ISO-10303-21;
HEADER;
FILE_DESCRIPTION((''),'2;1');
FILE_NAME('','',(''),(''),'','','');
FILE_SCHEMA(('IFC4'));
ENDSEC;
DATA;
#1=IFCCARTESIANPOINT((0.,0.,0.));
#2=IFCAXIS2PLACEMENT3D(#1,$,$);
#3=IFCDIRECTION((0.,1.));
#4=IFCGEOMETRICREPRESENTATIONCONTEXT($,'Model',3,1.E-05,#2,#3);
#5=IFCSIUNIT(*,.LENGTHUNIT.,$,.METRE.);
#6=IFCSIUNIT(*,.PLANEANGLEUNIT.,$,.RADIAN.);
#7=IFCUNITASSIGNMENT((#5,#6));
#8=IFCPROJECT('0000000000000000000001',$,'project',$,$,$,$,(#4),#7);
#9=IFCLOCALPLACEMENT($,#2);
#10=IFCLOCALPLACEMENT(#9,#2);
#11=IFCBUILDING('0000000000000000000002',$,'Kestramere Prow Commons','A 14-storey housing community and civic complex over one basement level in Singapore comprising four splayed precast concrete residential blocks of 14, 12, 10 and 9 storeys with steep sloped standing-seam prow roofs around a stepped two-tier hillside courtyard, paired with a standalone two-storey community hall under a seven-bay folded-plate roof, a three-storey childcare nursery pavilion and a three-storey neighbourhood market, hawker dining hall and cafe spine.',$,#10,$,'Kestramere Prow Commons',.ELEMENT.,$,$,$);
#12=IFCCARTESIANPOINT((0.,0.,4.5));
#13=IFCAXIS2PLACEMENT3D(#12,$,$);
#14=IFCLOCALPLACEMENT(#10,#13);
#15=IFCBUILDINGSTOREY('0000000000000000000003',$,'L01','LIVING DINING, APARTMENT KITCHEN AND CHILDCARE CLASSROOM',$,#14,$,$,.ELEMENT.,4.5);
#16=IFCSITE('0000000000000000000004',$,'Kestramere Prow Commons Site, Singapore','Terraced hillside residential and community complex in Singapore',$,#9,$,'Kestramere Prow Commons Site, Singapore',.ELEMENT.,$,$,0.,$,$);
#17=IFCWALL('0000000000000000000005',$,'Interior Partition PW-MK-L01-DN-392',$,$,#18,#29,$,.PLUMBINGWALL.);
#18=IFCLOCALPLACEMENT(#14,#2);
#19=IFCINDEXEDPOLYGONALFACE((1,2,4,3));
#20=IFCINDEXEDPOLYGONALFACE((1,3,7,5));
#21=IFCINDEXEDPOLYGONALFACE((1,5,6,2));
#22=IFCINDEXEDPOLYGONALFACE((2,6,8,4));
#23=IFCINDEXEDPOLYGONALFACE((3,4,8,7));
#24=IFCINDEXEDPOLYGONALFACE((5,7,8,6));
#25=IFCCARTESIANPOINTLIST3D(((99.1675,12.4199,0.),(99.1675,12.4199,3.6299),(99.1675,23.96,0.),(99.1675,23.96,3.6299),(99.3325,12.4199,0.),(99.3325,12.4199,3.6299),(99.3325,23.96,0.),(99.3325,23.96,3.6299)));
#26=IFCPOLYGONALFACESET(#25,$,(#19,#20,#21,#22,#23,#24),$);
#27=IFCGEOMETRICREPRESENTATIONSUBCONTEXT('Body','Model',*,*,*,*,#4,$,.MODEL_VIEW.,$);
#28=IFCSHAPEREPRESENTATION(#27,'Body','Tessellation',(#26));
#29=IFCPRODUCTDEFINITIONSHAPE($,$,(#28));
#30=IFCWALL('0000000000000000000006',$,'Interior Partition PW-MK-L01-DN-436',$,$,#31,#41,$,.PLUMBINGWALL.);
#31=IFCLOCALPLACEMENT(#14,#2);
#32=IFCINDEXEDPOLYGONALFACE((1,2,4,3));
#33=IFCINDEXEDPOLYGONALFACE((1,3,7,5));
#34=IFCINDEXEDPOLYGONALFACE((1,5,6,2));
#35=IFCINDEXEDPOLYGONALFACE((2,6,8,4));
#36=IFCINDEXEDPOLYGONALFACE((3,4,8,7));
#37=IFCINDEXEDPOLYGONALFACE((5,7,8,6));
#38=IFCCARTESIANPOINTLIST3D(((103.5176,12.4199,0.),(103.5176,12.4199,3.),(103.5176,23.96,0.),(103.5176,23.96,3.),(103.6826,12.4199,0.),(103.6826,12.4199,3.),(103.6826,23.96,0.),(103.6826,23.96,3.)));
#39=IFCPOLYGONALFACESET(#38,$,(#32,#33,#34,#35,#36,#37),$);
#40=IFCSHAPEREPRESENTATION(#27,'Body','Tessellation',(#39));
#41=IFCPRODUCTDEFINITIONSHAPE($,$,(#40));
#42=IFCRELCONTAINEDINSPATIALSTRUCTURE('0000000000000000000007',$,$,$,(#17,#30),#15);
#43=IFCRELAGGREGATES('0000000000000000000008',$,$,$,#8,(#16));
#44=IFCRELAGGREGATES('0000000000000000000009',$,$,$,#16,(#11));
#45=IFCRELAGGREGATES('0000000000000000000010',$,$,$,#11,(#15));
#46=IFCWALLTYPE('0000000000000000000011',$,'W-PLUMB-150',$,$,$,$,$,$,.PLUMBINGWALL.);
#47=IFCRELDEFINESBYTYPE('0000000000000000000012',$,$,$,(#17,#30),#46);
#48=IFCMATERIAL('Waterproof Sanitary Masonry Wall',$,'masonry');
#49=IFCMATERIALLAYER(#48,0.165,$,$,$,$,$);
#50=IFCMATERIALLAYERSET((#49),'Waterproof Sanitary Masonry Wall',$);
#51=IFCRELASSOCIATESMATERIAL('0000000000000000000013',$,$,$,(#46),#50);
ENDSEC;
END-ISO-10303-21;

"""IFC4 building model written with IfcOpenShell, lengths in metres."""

from ifc_helpers import new_model, si_unit, direction, frame, frame_2d, origin, place, context, subcontext, project, spatial, rectangle, extrude, material, layer, layer_set, type_object, element, save


model = new_model("IFC4")

# Units and contexts
model_context = context("Model", 3, precision=1e-05, world=origin(), true_north=direction((0.0, 1.0)))
body_context = subcontext(model_context, "Body", "Model", "MODEL_VIEW")
ifc_project = project(units=[si_unit("LENGTHUNIT", "METRE"), si_unit("PLANEANGLEUNIT", "RADIAN")], contexts=[model_context])

# Site, building, storey
site_placement = place(None, origin())
site = spatial("IfcSite", under=ifc_project, at=site_placement, Name="Kestramere Prow Commons Site, Singapore", Description="Terraced hillside residential and community complex in Singapore", LongName="Kestramere Prow Commons Site, Singapore", CompositionType="ELEMENT", RefElevation=0.0)
building_placement = place(site_placement, origin())
building = spatial("IfcBuilding", under=site, at=building_placement, Name="Kestramere Prow Commons", Description="A 14-storey housing community and civic complex over one basement level in Singapore comprising four splayed precast concrete residential blocks of 14, 12, 10 and 9 storeys with steep sloped standing-seam prow roofs around a stepped two-tier hillside courtyard, paired with a standalone two-storey community hall under a seven-bay folded-plate roof, a three-storey childcare nursery pavilion and a three-storey neighbourhood market, hawker dining hall and cafe spine.", LongName="Kestramere Prow Commons", CompositionType="ELEMENT")
storey_placement = place(building_placement, frame((0.0, 0.0, 4.5)))
storey = spatial("IfcBuildingStorey", under=building, at=storey_placement, Name="L01", Description="LIVING DINING, APARTMENT KITCHEN AND CHILDCARE CLASSROOM", CompositionType="ELEMENT", Elevation=4.5)

# Shared definitions
ifc_material_1 = material(Name="Waterproof Sanitary Masonry Wall", Category="masonry")
ifc_layer_1 = layer(ifc_material_1, 0.165)
ifc_layer_set_1 = layer_set([ifc_layer_1], Name="Waterproof Sanitary Masonry Wall")
wall_type_1 = type_object("IfcWallType", Name="W-PLUMB-150", PredefinedType="PLUMBINGWALL", material=ifc_layer_set_1)

# Walls
wall_1_placement = place(storey_placement, frame((99.25, 12.4199, 0.0), z_axis=(0.0, 0.0, 1.0), x_axis=(0.0, 1.0, 0.0)))
element("IfcWall", 1, at=wall_1_placement, inside=storey, type_object=wall_type_1, Name="Interior Partition PW-MK-L01-DN-392", PredefinedType="PLUMBINGWALL", context=body_context, shape_type="SweptSolid", body=[
    extrude(rectangle(XDim=11.54, YDim=0.165, at=frame_2d((5.77, 0.0))), origin(), (0.0, 0.0, 1.0), 3.6299),
])
wall_2_placement = place(storey_placement, frame((103.6001, 12.4199, 0.0), z_axis=(0.0, 0.0, 1.0), x_axis=(0.0, 1.0, 0.0)))
element("IfcWall", 2, at=wall_2_placement, inside=storey, type_object=wall_type_1, Name="Interior Partition PW-MK-L01-DN-436", PredefinedType="PLUMBINGWALL", context=body_context, shape_type="SweptSolid", body=[
    extrude(rectangle(XDim=11.54, YDim=0.165, at=frame_2d((5.77, 0.0))), origin(), (0.0, 0.0, 1.0), 3.0),
])

save(model, "model.ifc")
